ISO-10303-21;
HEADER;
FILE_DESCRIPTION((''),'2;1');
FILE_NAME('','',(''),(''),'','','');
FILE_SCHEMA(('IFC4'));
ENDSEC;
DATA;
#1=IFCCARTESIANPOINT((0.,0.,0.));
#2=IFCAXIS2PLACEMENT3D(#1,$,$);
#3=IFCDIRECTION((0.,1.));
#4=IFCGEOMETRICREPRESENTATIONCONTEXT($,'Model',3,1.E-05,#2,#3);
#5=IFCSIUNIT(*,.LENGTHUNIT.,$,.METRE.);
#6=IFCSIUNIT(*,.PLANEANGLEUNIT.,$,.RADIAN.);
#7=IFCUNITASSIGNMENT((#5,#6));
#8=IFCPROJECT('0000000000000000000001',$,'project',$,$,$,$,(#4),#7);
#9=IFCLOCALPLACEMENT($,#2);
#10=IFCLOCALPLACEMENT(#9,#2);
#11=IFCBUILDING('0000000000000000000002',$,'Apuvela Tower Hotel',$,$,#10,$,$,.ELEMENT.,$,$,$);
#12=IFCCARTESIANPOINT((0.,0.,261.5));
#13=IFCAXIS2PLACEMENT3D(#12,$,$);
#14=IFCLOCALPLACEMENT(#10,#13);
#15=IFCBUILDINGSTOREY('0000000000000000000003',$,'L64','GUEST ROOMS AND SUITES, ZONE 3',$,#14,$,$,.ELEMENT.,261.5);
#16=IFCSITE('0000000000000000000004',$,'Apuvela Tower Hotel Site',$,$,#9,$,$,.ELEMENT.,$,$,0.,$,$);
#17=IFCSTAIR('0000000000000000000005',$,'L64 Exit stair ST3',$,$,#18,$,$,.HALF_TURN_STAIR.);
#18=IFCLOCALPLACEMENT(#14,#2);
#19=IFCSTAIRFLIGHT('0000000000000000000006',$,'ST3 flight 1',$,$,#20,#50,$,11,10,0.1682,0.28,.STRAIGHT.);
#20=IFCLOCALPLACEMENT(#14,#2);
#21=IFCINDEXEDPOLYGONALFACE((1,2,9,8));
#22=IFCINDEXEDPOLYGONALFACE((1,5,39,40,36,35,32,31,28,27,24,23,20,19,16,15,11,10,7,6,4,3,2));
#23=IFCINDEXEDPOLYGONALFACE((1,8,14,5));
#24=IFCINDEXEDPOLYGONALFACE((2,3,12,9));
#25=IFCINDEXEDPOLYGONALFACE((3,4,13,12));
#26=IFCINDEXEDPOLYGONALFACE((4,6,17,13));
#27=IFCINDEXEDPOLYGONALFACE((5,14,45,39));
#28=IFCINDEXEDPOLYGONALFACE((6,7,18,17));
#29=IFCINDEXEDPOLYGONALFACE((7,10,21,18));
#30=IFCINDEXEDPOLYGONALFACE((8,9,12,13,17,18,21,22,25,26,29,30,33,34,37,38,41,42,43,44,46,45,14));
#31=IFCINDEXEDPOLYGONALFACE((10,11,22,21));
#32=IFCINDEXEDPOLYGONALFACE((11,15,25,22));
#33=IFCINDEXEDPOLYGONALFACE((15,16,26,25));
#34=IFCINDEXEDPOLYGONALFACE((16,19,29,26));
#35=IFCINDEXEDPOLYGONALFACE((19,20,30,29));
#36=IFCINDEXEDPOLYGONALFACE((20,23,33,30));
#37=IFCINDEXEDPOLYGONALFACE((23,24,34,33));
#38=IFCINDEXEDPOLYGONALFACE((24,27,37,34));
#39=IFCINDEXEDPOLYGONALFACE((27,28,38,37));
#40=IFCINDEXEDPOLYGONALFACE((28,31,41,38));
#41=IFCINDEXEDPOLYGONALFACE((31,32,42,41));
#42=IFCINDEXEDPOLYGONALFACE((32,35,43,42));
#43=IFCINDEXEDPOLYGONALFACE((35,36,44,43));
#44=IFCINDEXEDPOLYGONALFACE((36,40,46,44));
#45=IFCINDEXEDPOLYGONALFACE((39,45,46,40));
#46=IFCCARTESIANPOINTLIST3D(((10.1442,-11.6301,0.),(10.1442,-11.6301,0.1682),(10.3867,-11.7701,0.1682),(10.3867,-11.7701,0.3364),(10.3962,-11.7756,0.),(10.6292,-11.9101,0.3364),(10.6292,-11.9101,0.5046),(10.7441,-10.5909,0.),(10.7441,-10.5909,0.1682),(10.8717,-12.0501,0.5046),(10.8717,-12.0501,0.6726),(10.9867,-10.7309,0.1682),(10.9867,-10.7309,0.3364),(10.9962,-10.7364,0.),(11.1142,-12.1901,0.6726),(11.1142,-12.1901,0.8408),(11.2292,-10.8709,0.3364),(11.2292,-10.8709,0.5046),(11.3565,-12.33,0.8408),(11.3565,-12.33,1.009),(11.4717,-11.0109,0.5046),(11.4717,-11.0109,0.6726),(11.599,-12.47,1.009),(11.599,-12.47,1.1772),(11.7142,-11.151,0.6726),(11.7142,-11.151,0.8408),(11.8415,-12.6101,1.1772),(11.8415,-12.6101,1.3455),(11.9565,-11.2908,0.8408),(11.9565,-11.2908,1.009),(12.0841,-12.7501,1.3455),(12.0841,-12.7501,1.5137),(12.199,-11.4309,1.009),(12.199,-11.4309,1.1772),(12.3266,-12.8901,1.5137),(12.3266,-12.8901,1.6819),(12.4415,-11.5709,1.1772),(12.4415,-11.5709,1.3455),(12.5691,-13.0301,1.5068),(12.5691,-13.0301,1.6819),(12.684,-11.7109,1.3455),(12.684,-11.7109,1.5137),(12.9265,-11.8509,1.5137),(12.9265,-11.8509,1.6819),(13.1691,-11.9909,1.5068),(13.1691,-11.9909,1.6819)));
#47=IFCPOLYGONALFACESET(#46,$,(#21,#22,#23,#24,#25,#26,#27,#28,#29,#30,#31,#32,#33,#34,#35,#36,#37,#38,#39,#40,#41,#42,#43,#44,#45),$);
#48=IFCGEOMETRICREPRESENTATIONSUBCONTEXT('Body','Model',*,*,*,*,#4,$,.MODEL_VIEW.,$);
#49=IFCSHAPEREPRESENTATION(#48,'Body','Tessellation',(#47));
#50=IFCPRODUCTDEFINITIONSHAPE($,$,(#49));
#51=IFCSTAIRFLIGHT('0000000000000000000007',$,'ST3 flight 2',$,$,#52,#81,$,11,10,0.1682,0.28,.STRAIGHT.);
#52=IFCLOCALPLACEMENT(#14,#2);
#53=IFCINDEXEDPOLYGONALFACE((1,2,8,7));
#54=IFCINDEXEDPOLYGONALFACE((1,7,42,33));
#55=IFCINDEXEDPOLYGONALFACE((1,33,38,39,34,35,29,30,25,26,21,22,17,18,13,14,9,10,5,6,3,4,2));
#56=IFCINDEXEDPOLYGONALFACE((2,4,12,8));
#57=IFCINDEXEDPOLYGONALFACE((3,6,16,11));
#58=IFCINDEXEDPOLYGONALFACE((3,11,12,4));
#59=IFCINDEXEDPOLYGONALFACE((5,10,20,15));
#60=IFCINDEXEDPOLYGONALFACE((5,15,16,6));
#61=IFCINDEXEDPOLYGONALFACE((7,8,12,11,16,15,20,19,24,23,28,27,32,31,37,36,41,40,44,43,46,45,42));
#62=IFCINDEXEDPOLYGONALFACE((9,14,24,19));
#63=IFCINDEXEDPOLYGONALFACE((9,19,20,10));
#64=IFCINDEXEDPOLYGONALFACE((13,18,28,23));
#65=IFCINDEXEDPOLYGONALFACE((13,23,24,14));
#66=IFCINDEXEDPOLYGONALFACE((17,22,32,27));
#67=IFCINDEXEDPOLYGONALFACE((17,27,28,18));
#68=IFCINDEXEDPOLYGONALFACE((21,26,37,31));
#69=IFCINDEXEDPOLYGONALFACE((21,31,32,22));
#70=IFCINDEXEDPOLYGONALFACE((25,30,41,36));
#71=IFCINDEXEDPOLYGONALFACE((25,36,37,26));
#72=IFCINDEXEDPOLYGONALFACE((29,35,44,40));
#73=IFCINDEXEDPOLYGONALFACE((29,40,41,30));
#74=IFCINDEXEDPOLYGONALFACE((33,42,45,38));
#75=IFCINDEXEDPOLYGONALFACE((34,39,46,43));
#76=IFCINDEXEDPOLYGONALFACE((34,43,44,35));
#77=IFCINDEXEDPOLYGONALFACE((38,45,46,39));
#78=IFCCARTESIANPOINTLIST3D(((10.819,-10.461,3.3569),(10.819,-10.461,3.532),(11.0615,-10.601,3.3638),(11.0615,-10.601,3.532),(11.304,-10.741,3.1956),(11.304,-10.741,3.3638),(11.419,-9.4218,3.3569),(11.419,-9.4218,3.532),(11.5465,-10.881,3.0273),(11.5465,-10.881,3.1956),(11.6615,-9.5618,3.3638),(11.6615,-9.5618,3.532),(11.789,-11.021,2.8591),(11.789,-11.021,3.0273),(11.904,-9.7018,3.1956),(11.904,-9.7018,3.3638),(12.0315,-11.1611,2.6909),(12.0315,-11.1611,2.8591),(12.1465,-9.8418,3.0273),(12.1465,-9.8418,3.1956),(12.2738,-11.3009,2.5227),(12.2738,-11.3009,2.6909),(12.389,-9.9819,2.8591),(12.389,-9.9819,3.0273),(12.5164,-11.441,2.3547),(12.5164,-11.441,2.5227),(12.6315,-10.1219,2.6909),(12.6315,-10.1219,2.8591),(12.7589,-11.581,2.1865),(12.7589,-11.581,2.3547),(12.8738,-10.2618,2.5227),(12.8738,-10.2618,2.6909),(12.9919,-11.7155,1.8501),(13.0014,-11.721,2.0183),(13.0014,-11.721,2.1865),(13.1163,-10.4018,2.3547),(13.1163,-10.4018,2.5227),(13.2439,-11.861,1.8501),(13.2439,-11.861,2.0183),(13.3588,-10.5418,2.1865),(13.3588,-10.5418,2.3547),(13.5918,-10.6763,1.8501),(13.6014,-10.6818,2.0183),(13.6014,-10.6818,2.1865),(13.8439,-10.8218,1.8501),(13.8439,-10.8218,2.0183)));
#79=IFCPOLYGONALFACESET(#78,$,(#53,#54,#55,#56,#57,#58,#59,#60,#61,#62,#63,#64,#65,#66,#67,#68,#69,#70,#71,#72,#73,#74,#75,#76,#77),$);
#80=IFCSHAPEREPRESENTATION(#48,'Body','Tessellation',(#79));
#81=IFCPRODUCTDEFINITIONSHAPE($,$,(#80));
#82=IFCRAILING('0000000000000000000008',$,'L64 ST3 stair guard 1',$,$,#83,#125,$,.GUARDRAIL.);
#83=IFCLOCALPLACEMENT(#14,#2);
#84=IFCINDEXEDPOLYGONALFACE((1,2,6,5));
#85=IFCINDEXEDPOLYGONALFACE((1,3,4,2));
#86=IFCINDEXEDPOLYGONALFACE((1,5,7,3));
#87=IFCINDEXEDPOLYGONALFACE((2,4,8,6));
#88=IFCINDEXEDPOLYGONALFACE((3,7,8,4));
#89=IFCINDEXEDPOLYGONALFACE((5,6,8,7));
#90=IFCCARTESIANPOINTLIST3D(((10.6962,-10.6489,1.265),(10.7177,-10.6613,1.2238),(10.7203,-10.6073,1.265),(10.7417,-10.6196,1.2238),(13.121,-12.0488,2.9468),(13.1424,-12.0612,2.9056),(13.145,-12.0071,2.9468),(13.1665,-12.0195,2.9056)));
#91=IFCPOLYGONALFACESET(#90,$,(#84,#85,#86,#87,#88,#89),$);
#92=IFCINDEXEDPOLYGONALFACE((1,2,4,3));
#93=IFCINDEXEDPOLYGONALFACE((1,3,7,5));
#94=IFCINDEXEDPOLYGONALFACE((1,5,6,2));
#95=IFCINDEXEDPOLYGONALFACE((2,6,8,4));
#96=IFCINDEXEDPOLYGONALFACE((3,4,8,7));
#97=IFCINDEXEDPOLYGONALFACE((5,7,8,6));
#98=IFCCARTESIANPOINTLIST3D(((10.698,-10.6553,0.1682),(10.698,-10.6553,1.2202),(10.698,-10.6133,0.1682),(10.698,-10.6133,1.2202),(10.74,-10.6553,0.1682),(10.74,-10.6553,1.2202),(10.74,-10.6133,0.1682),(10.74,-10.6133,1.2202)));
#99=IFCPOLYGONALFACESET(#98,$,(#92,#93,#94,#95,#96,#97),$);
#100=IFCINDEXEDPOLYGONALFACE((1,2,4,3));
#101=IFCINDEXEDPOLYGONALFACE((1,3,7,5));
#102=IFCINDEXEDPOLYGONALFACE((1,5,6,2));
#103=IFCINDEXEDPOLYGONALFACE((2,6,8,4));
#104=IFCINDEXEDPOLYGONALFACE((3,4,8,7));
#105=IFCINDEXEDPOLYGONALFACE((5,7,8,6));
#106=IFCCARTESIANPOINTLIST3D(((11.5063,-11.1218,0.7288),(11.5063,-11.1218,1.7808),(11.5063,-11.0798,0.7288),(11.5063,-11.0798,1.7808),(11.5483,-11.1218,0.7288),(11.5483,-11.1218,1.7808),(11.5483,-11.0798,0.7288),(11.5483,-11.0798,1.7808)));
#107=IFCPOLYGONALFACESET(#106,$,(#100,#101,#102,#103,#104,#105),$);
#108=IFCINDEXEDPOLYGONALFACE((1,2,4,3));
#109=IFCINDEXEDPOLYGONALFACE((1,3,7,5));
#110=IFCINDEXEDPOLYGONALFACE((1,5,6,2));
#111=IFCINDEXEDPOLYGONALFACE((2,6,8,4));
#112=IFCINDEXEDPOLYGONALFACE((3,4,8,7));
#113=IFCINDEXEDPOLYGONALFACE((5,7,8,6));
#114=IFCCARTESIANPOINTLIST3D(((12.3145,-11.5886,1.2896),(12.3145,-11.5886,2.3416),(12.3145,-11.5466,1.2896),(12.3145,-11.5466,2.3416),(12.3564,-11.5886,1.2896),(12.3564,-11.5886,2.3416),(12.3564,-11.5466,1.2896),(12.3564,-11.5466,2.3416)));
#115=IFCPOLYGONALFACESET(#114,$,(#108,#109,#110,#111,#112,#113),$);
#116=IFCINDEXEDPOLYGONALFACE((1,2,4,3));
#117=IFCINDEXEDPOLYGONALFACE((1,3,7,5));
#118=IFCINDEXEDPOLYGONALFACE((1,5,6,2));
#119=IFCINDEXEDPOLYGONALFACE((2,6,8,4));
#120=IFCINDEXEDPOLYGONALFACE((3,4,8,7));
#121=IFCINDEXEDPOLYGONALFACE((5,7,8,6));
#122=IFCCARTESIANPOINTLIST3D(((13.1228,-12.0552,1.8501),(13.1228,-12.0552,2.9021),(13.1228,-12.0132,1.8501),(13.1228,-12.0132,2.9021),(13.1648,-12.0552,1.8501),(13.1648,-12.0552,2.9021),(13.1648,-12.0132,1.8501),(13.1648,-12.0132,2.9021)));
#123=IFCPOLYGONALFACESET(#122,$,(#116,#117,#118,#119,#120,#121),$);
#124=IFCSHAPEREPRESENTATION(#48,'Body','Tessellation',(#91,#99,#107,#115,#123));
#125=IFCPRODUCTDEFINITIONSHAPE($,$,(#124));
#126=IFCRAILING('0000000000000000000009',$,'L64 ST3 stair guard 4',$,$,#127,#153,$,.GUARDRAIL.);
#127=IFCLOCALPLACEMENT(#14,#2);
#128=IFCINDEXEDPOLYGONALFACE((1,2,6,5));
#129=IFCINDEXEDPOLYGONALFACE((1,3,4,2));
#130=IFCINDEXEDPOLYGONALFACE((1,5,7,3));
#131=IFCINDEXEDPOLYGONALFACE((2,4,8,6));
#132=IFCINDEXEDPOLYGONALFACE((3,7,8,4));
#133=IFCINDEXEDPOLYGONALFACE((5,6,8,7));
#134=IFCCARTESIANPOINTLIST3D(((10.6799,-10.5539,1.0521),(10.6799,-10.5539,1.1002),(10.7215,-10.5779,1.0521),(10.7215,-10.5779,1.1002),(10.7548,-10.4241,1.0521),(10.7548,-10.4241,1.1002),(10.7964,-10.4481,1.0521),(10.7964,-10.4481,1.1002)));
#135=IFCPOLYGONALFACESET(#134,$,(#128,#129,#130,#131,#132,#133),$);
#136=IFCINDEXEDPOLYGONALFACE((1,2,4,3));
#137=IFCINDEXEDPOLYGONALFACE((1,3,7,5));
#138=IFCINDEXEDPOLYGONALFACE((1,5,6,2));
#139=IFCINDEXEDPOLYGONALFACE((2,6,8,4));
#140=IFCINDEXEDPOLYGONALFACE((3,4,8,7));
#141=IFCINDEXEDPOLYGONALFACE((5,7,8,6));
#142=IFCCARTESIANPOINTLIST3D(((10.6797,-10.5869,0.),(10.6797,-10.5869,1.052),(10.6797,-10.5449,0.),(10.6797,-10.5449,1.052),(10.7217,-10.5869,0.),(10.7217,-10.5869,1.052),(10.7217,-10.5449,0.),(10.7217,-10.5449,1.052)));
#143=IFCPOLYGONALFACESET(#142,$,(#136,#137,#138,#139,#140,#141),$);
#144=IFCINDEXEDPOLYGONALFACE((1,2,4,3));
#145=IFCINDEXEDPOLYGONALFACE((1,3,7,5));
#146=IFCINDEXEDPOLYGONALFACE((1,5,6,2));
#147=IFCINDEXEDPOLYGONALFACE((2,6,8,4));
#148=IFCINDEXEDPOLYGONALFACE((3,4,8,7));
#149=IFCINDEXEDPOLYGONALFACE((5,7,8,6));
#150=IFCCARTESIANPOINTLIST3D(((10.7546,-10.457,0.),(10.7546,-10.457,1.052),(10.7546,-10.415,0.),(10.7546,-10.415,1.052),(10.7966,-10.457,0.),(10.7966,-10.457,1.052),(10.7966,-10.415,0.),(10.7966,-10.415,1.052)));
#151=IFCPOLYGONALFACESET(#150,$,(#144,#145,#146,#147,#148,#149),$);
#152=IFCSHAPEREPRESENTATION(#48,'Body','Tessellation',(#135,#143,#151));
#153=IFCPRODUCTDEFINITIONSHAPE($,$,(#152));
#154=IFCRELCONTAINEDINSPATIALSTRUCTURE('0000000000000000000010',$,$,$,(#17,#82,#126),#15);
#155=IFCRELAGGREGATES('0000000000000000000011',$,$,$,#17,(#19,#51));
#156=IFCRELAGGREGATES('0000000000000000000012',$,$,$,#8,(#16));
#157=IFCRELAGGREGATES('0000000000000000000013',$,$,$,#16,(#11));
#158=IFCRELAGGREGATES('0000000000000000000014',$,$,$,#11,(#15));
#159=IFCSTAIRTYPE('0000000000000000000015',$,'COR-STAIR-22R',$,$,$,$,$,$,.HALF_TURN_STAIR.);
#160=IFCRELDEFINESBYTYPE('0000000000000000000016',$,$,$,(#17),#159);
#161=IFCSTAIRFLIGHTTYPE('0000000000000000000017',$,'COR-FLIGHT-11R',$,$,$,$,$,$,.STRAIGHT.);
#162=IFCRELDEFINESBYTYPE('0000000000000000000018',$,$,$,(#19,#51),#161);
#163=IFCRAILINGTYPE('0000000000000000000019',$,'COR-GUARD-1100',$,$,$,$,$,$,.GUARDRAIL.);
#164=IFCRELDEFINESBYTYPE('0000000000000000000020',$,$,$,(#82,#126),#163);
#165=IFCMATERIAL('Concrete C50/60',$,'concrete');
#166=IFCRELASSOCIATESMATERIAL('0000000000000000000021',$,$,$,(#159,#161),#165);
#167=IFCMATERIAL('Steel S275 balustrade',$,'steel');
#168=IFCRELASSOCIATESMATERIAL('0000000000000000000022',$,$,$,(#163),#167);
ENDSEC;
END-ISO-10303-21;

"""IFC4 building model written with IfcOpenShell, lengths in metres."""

from ifc_helpers import new_model, si_unit, direction, frame, origin, origin_2d, place, context, subcontext, project, spatial, polyline, rectangle, outline, extrude, material, type_object, element, aggregate, save


model = new_model("IFC4")

# Units and contexts
model_context = context("Model", 3, precision=1e-05, world=origin(), true_north=direction((0.0, 1.0)))
body_context = subcontext(model_context, "Body", "Model", "MODEL_VIEW")
ifc_project = project(units=[si_unit("LENGTHUNIT", "METRE"), si_unit("PLANEANGLEUNIT", "RADIAN")], contexts=[model_context])

# Site, building, storey
site_placement = place(None, origin())
site = spatial("IfcSite", under=ifc_project, at=site_placement, Name="Apuvela Tower Hotel Site", CompositionType="ELEMENT", RefElevation=0.0)
building_placement = place(site_placement, origin())
building = spatial("IfcBuilding", under=site, at=building_placement, Name="Apuvela Tower Hotel", CompositionType="ELEMENT")
storey_placement = place(building_placement, frame((0.0, 0.0, 261.5)))
storey = spatial("IfcBuildingStorey", under=building, at=storey_placement, Name="L64", Description="GUEST ROOMS AND SUITES, ZONE 3", CompositionType="ELEMENT", Elevation=261.5)

# Shared definitions
ifc_material_1 = material(Name="Concrete C50/60", Category="concrete")

# Stair, stair flights
stair_type = type_object("IfcStairType", Name="COR-STAIR-22R", PredefinedType="HALF_TURN_STAIR", material=ifc_material_1)
stair_placement = place(storey_placement, origin())
stair = element("IfcStair", 1, at=stair_placement, inside=storey, type_object=stair_type, Name="L64 Exit stair ST3", PredefinedType="HALF_TURN_STAIR")
stair_flight_type = type_object("IfcStairFlightType", Name="COR-FLIGHT-11R", PredefinedType="STRAIGHT", material=ifc_material_1)
stair_flight_1_placement = place(storey_placement, frame((10.4441, -11.1106, 0.0), z_axis=(0.0, 0.0, 1.0), x_axis=(0.866025, -0.5, 0.0)))
stair_flight_1 = element("IfcStairFlight", 2, at=stair_flight_1_placement, type_object=stair_flight_type, Name="ST3 flight 1", NumberOfRisers=11, NumberOfTreads=10, PredefinedType="STRAIGHT", RiserHeight=0.1682, TreadLength=0.28, context=body_context, shape_type="SweptSolid", body=[
    extrude(outline(polyline([(0.0, 0.0), (0.0, 0.1682), (0.28, 0.1682), (0.28, 0.3364), (0.5601, 0.3364), (0.5601, 0.5046), (0.8401, 0.5046), (0.8401, 0.6726), (1.1201, 0.6726), (1.1201, 0.8408), (1.3999, 0.8408), (1.3999, 1.009), (1.6799, 1.009), (1.6799, 1.1772), (1.96, 1.1772), (1.96, 1.3455), (2.24, 1.3455), (2.24, 1.5137), (2.52, 1.5137), (2.52, 1.6819), (2.8, 1.6819), (2.8, 1.8501), (2.8, 1.5068), (0.291, 0.0), (0.0, 0.0)])), frame((0.0, 0.6001, 0.0), z_axis=(0.0, -1.0, 0.0), x_axis=(1.0, 0.0, 0.0)), (0.0, 0.0, 1.0), 1.2),
])
stair_flight_2_placement = place(storey_placement, frame((13.5439, -11.3413, 1.8501), z_axis=(0.0, 0.0, 1.0), x_axis=(-0.866025, 0.5, 0.0)))
stair_flight_2 = element("IfcStairFlight", 3, at=stair_flight_2_placement, type_object=stair_flight_type, Name="ST3 flight 2", NumberOfRisers=11, NumberOfTreads=10, PredefinedType="STRAIGHT", RiserHeight=0.1682, TreadLength=0.28, context=body_context, shape_type="SweptSolid", body=[
    extrude(outline(polyline([(0.0, 0.0), (0.0, 0.1682), (0.28, 0.1682), (0.28, 0.3364), (0.5601, 0.3364), (0.5601, 0.5046), (0.8401, 0.5046), (0.8401, 0.6726), (1.1201, 0.6726), (1.1201, 0.8408), (1.3999, 0.8408), (1.3999, 1.009), (1.6799, 1.009), (1.6799, 1.1772), (1.96, 1.1772), (1.96, 1.3455), (2.24, 1.3455), (2.24, 1.5137), (2.52, 1.5137), (2.52, 1.6819), (2.8, 1.6819), (2.8, 1.8501), (2.8, 1.5068), (0.291, 0.0), (0.0, 0.0)])), frame((0.0, 0.6001, 0.0), z_axis=(0.0, -1.0, 0.0), x_axis=(1.0, 0.0, 0.0)), (0.0, 0.0, 1.0), 1.2),
])
aggregate(stair, [stair_flight_1, stair_flight_2])

# Railings
ifc_material_2 = material(Name="Steel S275 balustrade", Category="steel")
railing_type_1 = type_object("IfcRailingType", Name="COR-GUARD-1100", PredefinedType="GUARDRAIL", material=ifc_material_2)
railing_1_placement = place(storey_placement, frame((10.719, -10.6343, 0.1682)))
element("IfcRailing", 4, at=railing_1_placement, inside=storey, type_object=railing_type_1, Name="L64 ST3 stair guard 1", PredefinedType="GUARDRAIL", context=body_context, shape_type="SweptSolid", body=[
    extrude(rectangle(XDim=0.0481, YDim=0.0481, at=origin_2d()), frame((0.0, 0.0, 1.0762), z_axis=(0.74239, -0.428601, 0.514934), x_axis=(0.499984, 0.866035, 0.0)), (0.0, 0.0, 1.0), 3.2661),
    extrude(rectangle(XDim=0.042, YDim=0.042, at=origin_2d()), origin(), (0.0, 0.0, 1.0), 1.052),
    extrude(rectangle(XDim=0.042, YDim=0.042, at=origin_2d()), frame((0.8083, -0.4666, 0.5605)), (0.0, 0.0, 1.0), 1.052),
    extrude(rectangle(XDim=0.042, YDim=0.042, at=origin_2d()), frame((1.6165, -0.9333, 1.1213)), (0.0, 0.0, 1.0), 1.052),
    extrude(rectangle(XDim=0.042, YDim=0.042, at=origin_2d()), frame((2.4248, -1.3999, 1.6819)), (0.0, 0.0, 1.0), 1.052),
])
railing_2_placement = place(storey_placement, frame((10.7007, -10.5659, 0.0)))
element("IfcRailing", 5, at=railing_2_placement, inside=storey, type_object=railing_type_1, Name="L64 ST3 stair guard 4", PredefinedType="GUARDRAIL", context=body_context, shape_type="SweptSolid", body=[
    extrude(rectangle(XDim=0.0481, YDim=0.0481, at=origin_2d()), frame((0.0, 0.0, 1.0762), z_axis=(0.499816, 0.866131, 0.0), x_axis=(-0.866131, 0.499816, 0.0)), (0.0, 0.0, 1.0), 0.1499),
    extrude(rectangle(XDim=0.042, YDim=0.042, at=origin_2d()), origin(), (0.0, 0.0, 1.0), 1.052),
    extrude(rectangle(XDim=0.042, YDim=0.042, at=origin_2d()), frame((0.075, 0.1299, 0.0)), (0.0, 0.0, 1.0), 1.052),
])

save(model, "model.ifc")
